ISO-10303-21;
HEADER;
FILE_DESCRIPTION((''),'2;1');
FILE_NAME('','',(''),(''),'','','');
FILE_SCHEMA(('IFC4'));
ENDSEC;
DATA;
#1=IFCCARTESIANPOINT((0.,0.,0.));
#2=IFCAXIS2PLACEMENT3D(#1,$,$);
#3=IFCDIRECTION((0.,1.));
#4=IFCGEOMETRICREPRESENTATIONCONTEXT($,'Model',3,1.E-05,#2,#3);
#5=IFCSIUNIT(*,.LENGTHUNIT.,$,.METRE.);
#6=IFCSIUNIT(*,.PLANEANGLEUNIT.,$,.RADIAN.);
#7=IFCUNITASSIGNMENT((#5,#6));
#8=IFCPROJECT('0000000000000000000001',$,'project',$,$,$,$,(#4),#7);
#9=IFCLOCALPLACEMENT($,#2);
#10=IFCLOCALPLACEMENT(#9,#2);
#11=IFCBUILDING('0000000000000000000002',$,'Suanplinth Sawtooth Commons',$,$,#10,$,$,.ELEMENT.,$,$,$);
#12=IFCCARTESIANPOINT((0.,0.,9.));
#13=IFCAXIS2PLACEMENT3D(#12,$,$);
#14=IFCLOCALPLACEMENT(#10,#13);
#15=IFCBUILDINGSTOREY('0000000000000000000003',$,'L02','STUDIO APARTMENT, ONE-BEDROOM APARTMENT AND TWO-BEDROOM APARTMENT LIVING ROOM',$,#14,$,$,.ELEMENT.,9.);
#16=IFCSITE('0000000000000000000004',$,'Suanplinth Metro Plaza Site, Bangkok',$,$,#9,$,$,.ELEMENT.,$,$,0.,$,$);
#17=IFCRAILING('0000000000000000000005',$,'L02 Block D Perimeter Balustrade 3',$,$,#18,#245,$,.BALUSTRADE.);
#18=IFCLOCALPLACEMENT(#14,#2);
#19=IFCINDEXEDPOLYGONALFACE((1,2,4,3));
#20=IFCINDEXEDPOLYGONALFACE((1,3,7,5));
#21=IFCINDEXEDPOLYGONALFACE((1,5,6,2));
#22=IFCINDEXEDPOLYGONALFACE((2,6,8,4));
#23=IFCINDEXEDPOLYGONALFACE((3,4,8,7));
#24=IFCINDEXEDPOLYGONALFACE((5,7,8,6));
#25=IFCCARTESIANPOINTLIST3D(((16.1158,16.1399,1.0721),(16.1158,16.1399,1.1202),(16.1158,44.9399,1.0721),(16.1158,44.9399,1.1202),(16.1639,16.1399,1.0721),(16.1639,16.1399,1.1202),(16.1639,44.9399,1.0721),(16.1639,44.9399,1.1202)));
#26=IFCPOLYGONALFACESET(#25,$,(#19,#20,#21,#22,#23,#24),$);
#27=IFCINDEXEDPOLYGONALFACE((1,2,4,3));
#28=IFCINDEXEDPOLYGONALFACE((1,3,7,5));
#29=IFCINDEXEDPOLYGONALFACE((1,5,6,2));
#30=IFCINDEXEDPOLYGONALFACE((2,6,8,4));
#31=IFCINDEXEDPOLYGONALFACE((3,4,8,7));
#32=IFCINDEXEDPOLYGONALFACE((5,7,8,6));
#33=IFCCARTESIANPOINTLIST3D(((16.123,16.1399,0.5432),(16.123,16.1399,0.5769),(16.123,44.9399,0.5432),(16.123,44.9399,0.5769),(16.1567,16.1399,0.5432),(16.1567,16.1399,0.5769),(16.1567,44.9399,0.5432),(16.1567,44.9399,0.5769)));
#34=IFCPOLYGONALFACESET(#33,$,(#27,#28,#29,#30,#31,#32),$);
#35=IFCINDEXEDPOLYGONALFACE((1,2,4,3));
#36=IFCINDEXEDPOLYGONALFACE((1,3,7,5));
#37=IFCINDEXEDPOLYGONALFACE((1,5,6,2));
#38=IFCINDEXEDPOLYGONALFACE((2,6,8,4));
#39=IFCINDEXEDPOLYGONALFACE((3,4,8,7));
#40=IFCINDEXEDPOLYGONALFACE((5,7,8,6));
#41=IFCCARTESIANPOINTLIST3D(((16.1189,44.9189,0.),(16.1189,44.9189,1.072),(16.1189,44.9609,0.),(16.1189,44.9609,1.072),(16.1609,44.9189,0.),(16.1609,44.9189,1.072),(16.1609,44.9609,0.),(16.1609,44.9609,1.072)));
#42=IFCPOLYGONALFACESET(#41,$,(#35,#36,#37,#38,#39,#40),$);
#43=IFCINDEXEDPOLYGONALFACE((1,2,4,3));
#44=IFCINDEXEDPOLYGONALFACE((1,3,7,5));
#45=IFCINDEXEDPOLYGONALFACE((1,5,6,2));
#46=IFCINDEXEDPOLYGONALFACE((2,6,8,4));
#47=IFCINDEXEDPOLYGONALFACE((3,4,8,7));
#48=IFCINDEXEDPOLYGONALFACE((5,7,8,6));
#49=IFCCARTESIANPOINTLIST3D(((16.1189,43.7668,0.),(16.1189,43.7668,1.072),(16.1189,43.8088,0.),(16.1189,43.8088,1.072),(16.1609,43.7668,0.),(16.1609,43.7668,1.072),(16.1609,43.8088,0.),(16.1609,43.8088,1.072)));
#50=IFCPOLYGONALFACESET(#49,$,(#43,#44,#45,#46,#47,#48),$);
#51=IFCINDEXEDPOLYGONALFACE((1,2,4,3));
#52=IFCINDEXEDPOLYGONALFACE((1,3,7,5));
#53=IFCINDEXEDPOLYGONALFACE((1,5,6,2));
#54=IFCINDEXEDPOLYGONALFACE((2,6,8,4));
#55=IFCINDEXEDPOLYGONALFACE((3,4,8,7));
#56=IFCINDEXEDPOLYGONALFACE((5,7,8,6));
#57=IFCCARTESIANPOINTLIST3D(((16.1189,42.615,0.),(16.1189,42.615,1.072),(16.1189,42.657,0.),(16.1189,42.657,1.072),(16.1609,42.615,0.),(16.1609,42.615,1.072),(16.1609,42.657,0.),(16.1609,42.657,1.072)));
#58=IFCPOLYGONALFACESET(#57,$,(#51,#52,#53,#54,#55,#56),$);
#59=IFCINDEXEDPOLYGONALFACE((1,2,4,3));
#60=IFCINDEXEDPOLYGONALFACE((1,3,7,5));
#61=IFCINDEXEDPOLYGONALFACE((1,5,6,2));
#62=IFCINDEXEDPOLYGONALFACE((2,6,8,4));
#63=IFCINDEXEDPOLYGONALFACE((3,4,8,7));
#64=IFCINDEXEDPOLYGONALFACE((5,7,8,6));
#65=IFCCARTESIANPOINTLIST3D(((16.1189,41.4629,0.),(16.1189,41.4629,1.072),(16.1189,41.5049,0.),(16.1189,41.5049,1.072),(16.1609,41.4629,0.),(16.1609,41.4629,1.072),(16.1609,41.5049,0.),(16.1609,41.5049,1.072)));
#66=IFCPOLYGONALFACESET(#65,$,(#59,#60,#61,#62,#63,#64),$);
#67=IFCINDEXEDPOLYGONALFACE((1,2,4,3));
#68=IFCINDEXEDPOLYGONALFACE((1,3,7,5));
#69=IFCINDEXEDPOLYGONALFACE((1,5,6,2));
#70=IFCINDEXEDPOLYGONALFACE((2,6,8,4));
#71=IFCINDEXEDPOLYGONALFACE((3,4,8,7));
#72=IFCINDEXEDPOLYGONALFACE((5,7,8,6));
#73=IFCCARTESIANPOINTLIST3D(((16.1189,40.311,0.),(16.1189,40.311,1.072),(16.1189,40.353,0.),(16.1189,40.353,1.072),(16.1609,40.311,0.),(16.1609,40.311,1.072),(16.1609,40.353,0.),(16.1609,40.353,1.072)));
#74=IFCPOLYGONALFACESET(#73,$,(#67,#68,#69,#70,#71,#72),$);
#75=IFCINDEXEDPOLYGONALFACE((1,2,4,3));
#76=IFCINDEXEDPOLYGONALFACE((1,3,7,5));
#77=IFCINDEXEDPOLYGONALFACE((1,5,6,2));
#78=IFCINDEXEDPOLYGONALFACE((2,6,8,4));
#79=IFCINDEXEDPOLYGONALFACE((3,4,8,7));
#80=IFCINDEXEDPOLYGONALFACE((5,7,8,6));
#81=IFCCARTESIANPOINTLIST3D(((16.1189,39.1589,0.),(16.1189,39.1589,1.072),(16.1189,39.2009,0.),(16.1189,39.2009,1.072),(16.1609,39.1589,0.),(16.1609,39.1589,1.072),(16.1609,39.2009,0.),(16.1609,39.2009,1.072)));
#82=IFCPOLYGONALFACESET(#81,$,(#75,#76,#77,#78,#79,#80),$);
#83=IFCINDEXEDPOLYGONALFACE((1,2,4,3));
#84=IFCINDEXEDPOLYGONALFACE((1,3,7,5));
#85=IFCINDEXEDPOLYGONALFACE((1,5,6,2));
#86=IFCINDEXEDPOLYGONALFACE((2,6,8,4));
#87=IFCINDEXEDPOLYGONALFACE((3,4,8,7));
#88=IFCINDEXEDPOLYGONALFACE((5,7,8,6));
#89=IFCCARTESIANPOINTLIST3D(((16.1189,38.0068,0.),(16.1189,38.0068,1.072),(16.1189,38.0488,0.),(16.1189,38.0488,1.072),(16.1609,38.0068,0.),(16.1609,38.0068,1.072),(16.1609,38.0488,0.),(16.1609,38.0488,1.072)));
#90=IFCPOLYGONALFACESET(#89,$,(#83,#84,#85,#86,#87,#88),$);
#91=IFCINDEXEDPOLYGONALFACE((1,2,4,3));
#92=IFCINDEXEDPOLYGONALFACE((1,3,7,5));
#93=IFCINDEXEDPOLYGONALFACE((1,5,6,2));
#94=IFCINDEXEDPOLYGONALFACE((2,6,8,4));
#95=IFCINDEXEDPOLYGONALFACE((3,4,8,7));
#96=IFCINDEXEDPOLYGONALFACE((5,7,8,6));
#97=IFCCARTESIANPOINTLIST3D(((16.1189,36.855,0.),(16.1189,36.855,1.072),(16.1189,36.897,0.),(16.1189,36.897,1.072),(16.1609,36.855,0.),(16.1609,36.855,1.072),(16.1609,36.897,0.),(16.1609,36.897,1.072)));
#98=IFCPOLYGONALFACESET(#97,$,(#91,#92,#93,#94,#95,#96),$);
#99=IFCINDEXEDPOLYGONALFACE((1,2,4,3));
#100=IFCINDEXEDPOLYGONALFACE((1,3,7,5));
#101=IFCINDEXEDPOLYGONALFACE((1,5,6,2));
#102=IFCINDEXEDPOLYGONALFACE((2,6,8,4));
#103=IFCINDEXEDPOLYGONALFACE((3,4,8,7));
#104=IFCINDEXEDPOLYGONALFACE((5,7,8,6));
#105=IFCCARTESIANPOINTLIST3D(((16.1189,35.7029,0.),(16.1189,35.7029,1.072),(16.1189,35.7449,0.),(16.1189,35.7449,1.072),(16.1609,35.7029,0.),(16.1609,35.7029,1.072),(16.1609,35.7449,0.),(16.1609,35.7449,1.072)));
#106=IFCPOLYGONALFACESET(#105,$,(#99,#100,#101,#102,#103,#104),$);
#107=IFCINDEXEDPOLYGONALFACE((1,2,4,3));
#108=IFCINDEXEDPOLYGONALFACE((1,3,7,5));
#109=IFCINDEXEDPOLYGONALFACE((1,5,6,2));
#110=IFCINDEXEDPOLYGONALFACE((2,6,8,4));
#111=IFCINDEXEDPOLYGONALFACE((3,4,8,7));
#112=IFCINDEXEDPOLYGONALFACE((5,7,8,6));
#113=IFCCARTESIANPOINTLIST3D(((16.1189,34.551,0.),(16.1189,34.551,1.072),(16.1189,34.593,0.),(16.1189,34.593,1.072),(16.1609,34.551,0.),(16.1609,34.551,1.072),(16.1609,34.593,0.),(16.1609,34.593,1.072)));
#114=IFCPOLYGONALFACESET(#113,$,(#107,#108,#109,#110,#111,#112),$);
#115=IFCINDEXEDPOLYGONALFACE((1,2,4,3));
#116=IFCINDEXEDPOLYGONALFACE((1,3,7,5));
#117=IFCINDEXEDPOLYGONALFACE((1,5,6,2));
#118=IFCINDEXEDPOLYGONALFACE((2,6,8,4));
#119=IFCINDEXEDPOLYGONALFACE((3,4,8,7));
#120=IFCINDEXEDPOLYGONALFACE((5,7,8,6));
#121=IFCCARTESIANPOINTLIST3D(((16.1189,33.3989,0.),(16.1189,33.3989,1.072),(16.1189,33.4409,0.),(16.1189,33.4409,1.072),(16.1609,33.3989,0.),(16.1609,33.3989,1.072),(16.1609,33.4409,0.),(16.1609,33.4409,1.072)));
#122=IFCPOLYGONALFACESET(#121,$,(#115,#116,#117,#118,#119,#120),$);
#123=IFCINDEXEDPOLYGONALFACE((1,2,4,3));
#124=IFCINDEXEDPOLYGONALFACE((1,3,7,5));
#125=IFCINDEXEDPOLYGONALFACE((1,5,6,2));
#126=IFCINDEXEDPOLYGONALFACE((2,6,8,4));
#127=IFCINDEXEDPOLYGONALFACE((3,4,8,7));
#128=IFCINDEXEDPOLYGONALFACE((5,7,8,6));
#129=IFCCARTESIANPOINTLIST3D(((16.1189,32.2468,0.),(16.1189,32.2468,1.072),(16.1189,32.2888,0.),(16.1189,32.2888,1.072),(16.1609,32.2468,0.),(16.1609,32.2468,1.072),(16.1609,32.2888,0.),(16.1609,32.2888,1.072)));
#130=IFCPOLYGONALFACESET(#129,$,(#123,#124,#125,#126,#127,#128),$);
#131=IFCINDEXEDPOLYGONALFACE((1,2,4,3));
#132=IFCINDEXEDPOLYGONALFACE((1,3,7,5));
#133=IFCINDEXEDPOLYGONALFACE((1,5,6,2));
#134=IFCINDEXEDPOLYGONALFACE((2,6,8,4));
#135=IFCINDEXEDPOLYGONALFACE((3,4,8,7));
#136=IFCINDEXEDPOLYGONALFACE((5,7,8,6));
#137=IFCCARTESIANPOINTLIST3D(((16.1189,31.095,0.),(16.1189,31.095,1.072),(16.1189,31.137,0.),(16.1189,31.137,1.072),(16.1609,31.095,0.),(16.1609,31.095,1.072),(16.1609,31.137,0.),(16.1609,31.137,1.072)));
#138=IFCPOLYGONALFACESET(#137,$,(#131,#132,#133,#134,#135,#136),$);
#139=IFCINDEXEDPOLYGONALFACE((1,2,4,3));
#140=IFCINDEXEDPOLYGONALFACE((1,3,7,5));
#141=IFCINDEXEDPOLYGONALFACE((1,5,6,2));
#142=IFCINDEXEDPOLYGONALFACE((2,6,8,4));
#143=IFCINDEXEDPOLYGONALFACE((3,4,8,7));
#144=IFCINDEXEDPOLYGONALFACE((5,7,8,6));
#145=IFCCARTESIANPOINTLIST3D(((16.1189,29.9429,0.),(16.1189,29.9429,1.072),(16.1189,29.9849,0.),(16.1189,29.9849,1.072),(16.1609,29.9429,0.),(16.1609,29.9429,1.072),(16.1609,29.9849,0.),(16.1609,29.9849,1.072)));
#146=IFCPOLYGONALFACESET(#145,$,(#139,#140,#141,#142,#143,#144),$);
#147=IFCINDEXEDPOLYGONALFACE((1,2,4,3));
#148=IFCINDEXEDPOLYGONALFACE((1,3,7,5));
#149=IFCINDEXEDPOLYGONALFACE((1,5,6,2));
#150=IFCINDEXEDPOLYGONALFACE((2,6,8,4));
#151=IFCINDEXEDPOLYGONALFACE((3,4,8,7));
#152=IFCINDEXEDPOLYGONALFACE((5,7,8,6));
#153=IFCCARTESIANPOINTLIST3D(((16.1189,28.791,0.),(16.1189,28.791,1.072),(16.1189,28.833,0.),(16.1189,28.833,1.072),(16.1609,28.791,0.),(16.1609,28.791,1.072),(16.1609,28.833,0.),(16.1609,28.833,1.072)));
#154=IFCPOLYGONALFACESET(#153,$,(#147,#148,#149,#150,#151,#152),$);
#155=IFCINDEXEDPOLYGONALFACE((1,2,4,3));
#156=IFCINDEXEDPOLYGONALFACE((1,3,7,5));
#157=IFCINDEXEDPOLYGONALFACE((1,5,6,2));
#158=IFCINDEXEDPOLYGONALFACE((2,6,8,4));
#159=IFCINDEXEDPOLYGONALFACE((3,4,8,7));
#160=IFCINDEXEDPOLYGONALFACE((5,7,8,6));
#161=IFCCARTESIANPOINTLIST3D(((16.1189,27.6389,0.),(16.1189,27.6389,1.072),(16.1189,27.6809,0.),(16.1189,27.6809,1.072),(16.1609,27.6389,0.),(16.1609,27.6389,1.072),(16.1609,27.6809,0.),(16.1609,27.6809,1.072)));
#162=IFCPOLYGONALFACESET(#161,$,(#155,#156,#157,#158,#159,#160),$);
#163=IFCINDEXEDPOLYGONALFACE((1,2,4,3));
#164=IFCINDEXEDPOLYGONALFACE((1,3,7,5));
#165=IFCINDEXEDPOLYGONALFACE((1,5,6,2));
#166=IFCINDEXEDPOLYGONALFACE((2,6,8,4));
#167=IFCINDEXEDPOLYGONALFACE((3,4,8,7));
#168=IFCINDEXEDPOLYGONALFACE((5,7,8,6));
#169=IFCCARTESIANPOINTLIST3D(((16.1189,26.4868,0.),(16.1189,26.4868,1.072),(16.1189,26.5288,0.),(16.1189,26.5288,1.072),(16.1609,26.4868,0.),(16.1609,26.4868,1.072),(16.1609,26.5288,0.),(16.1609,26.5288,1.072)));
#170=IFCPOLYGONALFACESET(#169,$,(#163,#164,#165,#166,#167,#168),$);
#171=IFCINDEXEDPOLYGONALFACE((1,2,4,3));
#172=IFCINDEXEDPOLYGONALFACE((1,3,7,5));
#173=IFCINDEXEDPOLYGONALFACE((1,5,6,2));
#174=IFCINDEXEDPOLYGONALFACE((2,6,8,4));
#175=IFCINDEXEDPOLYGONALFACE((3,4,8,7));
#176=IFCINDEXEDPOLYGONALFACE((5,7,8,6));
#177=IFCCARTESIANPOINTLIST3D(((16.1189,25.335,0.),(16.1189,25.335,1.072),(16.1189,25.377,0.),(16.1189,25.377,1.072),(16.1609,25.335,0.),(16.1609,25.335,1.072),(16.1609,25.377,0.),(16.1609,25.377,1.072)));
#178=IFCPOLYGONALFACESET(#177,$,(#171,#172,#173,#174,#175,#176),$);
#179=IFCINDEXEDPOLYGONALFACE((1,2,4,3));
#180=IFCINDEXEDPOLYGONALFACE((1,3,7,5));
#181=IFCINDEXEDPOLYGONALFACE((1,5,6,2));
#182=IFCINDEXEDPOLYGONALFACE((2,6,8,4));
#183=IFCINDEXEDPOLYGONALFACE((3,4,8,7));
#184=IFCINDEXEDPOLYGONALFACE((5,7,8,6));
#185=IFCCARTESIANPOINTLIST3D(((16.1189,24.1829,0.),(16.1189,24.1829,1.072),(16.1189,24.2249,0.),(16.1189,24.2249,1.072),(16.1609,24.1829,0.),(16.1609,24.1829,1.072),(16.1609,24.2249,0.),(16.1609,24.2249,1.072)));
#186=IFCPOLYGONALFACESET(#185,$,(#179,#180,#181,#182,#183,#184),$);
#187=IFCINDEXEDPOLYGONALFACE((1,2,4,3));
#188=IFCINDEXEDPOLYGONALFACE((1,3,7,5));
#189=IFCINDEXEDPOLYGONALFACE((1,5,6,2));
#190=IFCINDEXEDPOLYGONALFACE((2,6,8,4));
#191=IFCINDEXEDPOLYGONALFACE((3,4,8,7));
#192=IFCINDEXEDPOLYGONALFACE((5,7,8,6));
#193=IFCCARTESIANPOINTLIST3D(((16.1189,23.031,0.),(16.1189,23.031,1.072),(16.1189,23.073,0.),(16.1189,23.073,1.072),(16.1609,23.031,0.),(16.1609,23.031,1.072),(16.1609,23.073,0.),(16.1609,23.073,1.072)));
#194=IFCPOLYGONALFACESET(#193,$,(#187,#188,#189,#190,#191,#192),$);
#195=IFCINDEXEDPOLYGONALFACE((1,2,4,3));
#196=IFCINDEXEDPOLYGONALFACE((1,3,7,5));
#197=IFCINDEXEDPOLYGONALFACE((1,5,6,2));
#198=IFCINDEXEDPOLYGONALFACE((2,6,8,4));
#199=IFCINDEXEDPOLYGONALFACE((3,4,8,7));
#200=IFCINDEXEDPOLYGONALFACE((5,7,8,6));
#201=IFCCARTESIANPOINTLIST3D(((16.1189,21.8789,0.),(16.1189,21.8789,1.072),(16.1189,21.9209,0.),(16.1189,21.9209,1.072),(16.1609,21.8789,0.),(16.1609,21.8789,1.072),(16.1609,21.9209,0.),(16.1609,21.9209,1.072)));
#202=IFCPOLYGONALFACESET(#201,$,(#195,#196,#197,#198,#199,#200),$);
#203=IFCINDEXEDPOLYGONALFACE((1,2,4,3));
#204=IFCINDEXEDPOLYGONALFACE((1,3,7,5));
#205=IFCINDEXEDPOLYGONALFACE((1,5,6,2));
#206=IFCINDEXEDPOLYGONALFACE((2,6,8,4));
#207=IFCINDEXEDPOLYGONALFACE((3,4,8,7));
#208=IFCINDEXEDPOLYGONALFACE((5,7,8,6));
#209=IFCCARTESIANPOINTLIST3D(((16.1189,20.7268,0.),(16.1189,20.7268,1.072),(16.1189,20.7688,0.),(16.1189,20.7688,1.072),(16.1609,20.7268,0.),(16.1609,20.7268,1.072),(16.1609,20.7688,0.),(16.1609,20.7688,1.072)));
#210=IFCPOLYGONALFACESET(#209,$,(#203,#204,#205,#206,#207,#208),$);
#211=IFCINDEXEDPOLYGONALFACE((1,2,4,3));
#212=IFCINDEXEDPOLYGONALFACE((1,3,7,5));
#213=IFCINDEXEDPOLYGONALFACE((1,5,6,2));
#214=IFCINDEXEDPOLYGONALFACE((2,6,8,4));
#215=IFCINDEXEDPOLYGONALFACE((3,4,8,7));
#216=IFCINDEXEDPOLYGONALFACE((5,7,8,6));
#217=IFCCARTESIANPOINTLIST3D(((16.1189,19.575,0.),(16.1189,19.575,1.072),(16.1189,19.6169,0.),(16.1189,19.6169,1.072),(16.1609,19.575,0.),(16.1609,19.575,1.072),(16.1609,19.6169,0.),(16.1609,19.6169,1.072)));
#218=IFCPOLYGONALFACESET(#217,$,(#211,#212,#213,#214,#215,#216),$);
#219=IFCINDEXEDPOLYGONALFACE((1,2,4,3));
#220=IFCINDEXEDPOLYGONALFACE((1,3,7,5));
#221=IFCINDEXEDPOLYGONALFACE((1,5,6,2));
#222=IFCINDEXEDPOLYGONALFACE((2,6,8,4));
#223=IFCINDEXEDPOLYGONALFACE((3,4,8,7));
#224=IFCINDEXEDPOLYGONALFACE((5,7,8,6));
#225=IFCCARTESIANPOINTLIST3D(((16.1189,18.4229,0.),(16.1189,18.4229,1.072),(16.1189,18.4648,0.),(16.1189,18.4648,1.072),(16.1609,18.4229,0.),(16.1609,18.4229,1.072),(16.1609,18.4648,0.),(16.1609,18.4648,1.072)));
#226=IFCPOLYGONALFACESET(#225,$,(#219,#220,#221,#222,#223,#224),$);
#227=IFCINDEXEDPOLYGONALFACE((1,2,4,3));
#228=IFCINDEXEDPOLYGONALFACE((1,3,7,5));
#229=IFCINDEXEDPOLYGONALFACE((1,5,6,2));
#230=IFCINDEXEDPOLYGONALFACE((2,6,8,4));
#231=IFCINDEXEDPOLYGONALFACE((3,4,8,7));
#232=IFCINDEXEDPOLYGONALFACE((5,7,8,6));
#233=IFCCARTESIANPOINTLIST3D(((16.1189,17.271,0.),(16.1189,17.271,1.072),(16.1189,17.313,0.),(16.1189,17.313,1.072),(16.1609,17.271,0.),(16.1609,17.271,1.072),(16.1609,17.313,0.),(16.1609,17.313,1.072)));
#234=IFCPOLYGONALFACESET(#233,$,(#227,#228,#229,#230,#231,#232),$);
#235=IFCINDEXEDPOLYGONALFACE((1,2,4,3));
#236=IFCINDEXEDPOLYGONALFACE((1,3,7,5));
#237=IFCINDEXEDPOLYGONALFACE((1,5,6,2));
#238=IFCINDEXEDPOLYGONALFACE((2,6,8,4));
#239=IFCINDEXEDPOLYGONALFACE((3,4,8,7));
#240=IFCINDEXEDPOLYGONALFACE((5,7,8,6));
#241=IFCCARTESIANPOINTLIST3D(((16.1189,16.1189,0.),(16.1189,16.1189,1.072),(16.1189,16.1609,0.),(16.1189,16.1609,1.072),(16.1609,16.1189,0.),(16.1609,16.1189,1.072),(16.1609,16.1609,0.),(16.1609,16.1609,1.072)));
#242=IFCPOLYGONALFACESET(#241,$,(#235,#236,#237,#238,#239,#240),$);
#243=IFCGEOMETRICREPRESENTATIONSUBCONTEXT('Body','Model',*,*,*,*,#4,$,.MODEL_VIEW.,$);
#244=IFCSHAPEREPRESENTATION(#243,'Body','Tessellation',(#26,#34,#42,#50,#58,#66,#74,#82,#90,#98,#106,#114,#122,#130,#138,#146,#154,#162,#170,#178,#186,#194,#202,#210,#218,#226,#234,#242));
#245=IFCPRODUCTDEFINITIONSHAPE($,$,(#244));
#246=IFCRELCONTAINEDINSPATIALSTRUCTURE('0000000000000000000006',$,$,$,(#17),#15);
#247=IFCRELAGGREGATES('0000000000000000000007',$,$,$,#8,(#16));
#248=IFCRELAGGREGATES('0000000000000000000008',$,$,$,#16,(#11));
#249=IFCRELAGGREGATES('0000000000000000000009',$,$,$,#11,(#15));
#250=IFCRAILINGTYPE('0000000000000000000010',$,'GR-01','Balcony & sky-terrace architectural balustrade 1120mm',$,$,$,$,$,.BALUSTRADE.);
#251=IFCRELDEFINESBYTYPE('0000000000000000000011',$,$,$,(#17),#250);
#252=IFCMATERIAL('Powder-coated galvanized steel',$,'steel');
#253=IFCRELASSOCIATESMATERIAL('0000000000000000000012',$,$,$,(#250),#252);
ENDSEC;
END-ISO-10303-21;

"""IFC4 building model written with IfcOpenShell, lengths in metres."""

from ifc_helpers import new_model, si_unit, direction, frame, origin, origin_2d, place, context, subcontext, project, spatial, rectangle, extrude, material, type_object, element, save


model = new_model("IFC4")

# Units and contexts
model_context = context("Model", 3, precision=1e-05, world=origin(), true_north=direction((0.0, 1.0)))
body_context = subcontext(model_context, "Body", "Model", "MODEL_VIEW")
ifc_project = project(units=[si_unit("LENGTHUNIT", "METRE"), si_unit("PLANEANGLEUNIT", "RADIAN")], contexts=[model_context])

# Site, building, storey
site_placement = place(None, origin())
site = spatial("IfcSite", under=ifc_project, at=site_placement, Name="Suanplinth Metro Plaza Site, Bangkok", CompositionType="ELEMENT", RefElevation=0.0)
building_placement = place(site_placement, origin())
building = spatial("IfcBuilding", under=site, at=building_placement, Name="Suanplinth Sawtooth Commons", CompositionType="ELEMENT")
storey_placement = place(building_placement, frame((0.0, 0.0, 9.0)))
storey = spatial("IfcBuildingStorey", under=building, at=storey_placement, Name="L02", Description="STUDIO APARTMENT, ONE-BEDROOM APARTMENT AND TWO-BEDROOM APARTMENT LIVING ROOM", CompositionType="ELEMENT", Elevation=9.0)

# Railing
ifc_material_1 = material(Name="Powder-coated galvanized steel", Category="steel")
railing_type = type_object("IfcRailingType", Name="GR-01", Description="Balcony & sky-terrace architectural balustrade 1120mm", PredefinedType="BALUSTRADE", material=ifc_material_1)
railing_1_placement = place(storey_placement, frame((16.1399, 44.9399, 0.0)))
element("IfcRailing", 1, at=railing_1_placement, inside=storey, type_object=railing_type, Name="L02 Block D Perimeter Balustrade 3", PredefinedType="BALUSTRADE", context=body_context, shape_type="SweptSolid", body=[
    extrude(rectangle(XDim=0.0481, YDim=0.0481, at=origin_2d()), frame((0.0, 0.0, 1.0962), z_axis=(0.0, -1.0, 0.0), x_axis=(1.0, 0.0, 0.0)), (0.0, 0.0, 1.0), 28.8),
    extrude(rectangle(XDim=0.0337, YDim=0.0337, at=origin_2d()), frame((0.0, 0.0, 0.5601), z_axis=(0.0, -1.0, 0.0), x_axis=(1.0, 0.0, 0.0)), (0.0, 0.0, 1.0), 28.8),
    extrude(rectangle(XDim=0.042, YDim=0.042, at=origin_2d()), origin(), (0.0, 0.0, 1.0), 1.072),
    extrude(rectangle(XDim=0.042, YDim=0.042, at=origin_2d()), frame((0.0, -1.1521, 0.0)), (0.0, 0.0, 1.0), 1.072),
    extrude(rectangle(XDim=0.042, YDim=0.042, at=origin_2d()), frame((0.0, -2.304, 0.0)), (0.0, 0.0, 1.0), 1.072),
    extrude(rectangle(XDim=0.042, YDim=0.042, at=origin_2d()), frame((0.0, -3.4561, 0.0)), (0.0, 0.0, 1.0), 1.072),
    extrude(rectangle(XDim=0.042, YDim=0.042, at=origin_2d()), frame((0.0, -4.6079, 0.0)), (0.0, 0.0, 1.0), 1.072),
    extrude(rectangle(XDim=0.042, YDim=0.042, at=origin_2d()), frame((0.0, -5.76, 0.0)), (0.0, 0.0, 1.0), 1.072),
    extrude(rectangle(XDim=0.042, YDim=0.042, at=origin_2d()), frame((0.0, -6.9121, 0.0)), (0.0, 0.0, 1.0), 1.072),
    extrude(rectangle(XDim=0.042, YDim=0.042, at=origin_2d()), frame((0.0, -8.064, 0.0)), (0.0, 0.0, 1.0), 1.072),
    extrude(rectangle(XDim=0.042, YDim=0.042, at=origin_2d()), frame((0.0, -9.2161, 0.0)), (0.0, 0.0, 1.0), 1.072),
    extrude(rectangle(XDim=0.042, YDim=0.042, at=origin_2d()), frame((0.0, -10.3679, 0.0)), (0.0, 0.0, 1.0), 1.072),
    extrude(rectangle(XDim=0.042, YDim=0.042, at=origin_2d()), frame((0.0, -11.52, 0.0)), (0.0, 0.0, 1.0), 1.072),
    extrude(rectangle(XDim=0.042, YDim=0.042, at=origin_2d()), frame((0.0, -12.6721, 0.0)), (0.0, 0.0, 1.0), 1.072),
    extrude(rectangle(XDim=0.042, YDim=0.042, at=origin_2d()), frame((0.0, -13.824, 0.0)), (0.0, 0.0, 1.0), 1.072),
    extrude(rectangle(XDim=0.042, YDim=0.042, at=origin_2d()), frame((0.0, -14.9761, 0.0)), (0.0, 0.0, 1.0), 1.072),
    extrude(rectangle(XDim=0.042, YDim=0.042, at=origin_2d()), frame((0.0, -16.1279, 0.0)), (0.0, 0.0, 1.0), 1.072),
    extrude(rectangle(XDim=0.042, YDim=0.042, at=origin_2d()), frame((0.0, -17.28, 0.0)), (0.0, 0.0, 1.0), 1.072),
    extrude(rectangle(XDim=0.042, YDim=0.042, at=origin_2d()), frame((0.0, -18.4321, 0.0)), (0.0, 0.0, 1.0), 1.072),
    extrude(rectangle(XDim=0.042, YDim=0.042, at=origin_2d()), frame((0.0, -19.584, 0.0)), (0.0, 0.0, 1.0), 1.072),
    extrude(rectangle(XDim=0.042, YDim=0.042, at=origin_2d()), frame((0.0, -20.7361, 0.0)), (0.0, 0.0, 1.0), 1.072),
    extrude(rectangle(XDim=0.042, YDim=0.042, at=origin_2d()), frame((0.0, -21.8879, 0.0)), (0.0, 0.0, 1.0), 1.072),
    extrude(rectangle(XDim=0.042, YDim=0.042, at=origin_2d()), frame((0.0, -23.04, 0.0)), (0.0, 0.0, 1.0), 1.072),
    extrude(rectangle(XDim=0.042, YDim=0.042, at=origin_2d()), frame((0.0, -24.1921, 0.0)), (0.0, 0.0, 1.0), 1.072),
    extrude(rectangle(XDim=0.042, YDim=0.042, at=origin_2d()), frame((0.0, -25.344, 0.0)), (0.0, 0.0, 1.0), 1.072),
    extrude(rectangle(XDim=0.042, YDim=0.042, at=origin_2d()), frame((0.0, -26.4961, 0.0)), (0.0, 0.0, 1.0), 1.072),
    extrude(rectangle(XDim=0.042, YDim=0.042, at=origin_2d()), frame((0.0, -27.6479, 0.0)), (0.0, 0.0, 1.0), 1.072),
    extrude(rectangle(XDim=0.042, YDim=0.042, at=origin_2d()), frame((0.0, -28.8, 0.0)), (0.0, 0.0, 1.0), 1.072),
])

save(model, "model.ifc")
